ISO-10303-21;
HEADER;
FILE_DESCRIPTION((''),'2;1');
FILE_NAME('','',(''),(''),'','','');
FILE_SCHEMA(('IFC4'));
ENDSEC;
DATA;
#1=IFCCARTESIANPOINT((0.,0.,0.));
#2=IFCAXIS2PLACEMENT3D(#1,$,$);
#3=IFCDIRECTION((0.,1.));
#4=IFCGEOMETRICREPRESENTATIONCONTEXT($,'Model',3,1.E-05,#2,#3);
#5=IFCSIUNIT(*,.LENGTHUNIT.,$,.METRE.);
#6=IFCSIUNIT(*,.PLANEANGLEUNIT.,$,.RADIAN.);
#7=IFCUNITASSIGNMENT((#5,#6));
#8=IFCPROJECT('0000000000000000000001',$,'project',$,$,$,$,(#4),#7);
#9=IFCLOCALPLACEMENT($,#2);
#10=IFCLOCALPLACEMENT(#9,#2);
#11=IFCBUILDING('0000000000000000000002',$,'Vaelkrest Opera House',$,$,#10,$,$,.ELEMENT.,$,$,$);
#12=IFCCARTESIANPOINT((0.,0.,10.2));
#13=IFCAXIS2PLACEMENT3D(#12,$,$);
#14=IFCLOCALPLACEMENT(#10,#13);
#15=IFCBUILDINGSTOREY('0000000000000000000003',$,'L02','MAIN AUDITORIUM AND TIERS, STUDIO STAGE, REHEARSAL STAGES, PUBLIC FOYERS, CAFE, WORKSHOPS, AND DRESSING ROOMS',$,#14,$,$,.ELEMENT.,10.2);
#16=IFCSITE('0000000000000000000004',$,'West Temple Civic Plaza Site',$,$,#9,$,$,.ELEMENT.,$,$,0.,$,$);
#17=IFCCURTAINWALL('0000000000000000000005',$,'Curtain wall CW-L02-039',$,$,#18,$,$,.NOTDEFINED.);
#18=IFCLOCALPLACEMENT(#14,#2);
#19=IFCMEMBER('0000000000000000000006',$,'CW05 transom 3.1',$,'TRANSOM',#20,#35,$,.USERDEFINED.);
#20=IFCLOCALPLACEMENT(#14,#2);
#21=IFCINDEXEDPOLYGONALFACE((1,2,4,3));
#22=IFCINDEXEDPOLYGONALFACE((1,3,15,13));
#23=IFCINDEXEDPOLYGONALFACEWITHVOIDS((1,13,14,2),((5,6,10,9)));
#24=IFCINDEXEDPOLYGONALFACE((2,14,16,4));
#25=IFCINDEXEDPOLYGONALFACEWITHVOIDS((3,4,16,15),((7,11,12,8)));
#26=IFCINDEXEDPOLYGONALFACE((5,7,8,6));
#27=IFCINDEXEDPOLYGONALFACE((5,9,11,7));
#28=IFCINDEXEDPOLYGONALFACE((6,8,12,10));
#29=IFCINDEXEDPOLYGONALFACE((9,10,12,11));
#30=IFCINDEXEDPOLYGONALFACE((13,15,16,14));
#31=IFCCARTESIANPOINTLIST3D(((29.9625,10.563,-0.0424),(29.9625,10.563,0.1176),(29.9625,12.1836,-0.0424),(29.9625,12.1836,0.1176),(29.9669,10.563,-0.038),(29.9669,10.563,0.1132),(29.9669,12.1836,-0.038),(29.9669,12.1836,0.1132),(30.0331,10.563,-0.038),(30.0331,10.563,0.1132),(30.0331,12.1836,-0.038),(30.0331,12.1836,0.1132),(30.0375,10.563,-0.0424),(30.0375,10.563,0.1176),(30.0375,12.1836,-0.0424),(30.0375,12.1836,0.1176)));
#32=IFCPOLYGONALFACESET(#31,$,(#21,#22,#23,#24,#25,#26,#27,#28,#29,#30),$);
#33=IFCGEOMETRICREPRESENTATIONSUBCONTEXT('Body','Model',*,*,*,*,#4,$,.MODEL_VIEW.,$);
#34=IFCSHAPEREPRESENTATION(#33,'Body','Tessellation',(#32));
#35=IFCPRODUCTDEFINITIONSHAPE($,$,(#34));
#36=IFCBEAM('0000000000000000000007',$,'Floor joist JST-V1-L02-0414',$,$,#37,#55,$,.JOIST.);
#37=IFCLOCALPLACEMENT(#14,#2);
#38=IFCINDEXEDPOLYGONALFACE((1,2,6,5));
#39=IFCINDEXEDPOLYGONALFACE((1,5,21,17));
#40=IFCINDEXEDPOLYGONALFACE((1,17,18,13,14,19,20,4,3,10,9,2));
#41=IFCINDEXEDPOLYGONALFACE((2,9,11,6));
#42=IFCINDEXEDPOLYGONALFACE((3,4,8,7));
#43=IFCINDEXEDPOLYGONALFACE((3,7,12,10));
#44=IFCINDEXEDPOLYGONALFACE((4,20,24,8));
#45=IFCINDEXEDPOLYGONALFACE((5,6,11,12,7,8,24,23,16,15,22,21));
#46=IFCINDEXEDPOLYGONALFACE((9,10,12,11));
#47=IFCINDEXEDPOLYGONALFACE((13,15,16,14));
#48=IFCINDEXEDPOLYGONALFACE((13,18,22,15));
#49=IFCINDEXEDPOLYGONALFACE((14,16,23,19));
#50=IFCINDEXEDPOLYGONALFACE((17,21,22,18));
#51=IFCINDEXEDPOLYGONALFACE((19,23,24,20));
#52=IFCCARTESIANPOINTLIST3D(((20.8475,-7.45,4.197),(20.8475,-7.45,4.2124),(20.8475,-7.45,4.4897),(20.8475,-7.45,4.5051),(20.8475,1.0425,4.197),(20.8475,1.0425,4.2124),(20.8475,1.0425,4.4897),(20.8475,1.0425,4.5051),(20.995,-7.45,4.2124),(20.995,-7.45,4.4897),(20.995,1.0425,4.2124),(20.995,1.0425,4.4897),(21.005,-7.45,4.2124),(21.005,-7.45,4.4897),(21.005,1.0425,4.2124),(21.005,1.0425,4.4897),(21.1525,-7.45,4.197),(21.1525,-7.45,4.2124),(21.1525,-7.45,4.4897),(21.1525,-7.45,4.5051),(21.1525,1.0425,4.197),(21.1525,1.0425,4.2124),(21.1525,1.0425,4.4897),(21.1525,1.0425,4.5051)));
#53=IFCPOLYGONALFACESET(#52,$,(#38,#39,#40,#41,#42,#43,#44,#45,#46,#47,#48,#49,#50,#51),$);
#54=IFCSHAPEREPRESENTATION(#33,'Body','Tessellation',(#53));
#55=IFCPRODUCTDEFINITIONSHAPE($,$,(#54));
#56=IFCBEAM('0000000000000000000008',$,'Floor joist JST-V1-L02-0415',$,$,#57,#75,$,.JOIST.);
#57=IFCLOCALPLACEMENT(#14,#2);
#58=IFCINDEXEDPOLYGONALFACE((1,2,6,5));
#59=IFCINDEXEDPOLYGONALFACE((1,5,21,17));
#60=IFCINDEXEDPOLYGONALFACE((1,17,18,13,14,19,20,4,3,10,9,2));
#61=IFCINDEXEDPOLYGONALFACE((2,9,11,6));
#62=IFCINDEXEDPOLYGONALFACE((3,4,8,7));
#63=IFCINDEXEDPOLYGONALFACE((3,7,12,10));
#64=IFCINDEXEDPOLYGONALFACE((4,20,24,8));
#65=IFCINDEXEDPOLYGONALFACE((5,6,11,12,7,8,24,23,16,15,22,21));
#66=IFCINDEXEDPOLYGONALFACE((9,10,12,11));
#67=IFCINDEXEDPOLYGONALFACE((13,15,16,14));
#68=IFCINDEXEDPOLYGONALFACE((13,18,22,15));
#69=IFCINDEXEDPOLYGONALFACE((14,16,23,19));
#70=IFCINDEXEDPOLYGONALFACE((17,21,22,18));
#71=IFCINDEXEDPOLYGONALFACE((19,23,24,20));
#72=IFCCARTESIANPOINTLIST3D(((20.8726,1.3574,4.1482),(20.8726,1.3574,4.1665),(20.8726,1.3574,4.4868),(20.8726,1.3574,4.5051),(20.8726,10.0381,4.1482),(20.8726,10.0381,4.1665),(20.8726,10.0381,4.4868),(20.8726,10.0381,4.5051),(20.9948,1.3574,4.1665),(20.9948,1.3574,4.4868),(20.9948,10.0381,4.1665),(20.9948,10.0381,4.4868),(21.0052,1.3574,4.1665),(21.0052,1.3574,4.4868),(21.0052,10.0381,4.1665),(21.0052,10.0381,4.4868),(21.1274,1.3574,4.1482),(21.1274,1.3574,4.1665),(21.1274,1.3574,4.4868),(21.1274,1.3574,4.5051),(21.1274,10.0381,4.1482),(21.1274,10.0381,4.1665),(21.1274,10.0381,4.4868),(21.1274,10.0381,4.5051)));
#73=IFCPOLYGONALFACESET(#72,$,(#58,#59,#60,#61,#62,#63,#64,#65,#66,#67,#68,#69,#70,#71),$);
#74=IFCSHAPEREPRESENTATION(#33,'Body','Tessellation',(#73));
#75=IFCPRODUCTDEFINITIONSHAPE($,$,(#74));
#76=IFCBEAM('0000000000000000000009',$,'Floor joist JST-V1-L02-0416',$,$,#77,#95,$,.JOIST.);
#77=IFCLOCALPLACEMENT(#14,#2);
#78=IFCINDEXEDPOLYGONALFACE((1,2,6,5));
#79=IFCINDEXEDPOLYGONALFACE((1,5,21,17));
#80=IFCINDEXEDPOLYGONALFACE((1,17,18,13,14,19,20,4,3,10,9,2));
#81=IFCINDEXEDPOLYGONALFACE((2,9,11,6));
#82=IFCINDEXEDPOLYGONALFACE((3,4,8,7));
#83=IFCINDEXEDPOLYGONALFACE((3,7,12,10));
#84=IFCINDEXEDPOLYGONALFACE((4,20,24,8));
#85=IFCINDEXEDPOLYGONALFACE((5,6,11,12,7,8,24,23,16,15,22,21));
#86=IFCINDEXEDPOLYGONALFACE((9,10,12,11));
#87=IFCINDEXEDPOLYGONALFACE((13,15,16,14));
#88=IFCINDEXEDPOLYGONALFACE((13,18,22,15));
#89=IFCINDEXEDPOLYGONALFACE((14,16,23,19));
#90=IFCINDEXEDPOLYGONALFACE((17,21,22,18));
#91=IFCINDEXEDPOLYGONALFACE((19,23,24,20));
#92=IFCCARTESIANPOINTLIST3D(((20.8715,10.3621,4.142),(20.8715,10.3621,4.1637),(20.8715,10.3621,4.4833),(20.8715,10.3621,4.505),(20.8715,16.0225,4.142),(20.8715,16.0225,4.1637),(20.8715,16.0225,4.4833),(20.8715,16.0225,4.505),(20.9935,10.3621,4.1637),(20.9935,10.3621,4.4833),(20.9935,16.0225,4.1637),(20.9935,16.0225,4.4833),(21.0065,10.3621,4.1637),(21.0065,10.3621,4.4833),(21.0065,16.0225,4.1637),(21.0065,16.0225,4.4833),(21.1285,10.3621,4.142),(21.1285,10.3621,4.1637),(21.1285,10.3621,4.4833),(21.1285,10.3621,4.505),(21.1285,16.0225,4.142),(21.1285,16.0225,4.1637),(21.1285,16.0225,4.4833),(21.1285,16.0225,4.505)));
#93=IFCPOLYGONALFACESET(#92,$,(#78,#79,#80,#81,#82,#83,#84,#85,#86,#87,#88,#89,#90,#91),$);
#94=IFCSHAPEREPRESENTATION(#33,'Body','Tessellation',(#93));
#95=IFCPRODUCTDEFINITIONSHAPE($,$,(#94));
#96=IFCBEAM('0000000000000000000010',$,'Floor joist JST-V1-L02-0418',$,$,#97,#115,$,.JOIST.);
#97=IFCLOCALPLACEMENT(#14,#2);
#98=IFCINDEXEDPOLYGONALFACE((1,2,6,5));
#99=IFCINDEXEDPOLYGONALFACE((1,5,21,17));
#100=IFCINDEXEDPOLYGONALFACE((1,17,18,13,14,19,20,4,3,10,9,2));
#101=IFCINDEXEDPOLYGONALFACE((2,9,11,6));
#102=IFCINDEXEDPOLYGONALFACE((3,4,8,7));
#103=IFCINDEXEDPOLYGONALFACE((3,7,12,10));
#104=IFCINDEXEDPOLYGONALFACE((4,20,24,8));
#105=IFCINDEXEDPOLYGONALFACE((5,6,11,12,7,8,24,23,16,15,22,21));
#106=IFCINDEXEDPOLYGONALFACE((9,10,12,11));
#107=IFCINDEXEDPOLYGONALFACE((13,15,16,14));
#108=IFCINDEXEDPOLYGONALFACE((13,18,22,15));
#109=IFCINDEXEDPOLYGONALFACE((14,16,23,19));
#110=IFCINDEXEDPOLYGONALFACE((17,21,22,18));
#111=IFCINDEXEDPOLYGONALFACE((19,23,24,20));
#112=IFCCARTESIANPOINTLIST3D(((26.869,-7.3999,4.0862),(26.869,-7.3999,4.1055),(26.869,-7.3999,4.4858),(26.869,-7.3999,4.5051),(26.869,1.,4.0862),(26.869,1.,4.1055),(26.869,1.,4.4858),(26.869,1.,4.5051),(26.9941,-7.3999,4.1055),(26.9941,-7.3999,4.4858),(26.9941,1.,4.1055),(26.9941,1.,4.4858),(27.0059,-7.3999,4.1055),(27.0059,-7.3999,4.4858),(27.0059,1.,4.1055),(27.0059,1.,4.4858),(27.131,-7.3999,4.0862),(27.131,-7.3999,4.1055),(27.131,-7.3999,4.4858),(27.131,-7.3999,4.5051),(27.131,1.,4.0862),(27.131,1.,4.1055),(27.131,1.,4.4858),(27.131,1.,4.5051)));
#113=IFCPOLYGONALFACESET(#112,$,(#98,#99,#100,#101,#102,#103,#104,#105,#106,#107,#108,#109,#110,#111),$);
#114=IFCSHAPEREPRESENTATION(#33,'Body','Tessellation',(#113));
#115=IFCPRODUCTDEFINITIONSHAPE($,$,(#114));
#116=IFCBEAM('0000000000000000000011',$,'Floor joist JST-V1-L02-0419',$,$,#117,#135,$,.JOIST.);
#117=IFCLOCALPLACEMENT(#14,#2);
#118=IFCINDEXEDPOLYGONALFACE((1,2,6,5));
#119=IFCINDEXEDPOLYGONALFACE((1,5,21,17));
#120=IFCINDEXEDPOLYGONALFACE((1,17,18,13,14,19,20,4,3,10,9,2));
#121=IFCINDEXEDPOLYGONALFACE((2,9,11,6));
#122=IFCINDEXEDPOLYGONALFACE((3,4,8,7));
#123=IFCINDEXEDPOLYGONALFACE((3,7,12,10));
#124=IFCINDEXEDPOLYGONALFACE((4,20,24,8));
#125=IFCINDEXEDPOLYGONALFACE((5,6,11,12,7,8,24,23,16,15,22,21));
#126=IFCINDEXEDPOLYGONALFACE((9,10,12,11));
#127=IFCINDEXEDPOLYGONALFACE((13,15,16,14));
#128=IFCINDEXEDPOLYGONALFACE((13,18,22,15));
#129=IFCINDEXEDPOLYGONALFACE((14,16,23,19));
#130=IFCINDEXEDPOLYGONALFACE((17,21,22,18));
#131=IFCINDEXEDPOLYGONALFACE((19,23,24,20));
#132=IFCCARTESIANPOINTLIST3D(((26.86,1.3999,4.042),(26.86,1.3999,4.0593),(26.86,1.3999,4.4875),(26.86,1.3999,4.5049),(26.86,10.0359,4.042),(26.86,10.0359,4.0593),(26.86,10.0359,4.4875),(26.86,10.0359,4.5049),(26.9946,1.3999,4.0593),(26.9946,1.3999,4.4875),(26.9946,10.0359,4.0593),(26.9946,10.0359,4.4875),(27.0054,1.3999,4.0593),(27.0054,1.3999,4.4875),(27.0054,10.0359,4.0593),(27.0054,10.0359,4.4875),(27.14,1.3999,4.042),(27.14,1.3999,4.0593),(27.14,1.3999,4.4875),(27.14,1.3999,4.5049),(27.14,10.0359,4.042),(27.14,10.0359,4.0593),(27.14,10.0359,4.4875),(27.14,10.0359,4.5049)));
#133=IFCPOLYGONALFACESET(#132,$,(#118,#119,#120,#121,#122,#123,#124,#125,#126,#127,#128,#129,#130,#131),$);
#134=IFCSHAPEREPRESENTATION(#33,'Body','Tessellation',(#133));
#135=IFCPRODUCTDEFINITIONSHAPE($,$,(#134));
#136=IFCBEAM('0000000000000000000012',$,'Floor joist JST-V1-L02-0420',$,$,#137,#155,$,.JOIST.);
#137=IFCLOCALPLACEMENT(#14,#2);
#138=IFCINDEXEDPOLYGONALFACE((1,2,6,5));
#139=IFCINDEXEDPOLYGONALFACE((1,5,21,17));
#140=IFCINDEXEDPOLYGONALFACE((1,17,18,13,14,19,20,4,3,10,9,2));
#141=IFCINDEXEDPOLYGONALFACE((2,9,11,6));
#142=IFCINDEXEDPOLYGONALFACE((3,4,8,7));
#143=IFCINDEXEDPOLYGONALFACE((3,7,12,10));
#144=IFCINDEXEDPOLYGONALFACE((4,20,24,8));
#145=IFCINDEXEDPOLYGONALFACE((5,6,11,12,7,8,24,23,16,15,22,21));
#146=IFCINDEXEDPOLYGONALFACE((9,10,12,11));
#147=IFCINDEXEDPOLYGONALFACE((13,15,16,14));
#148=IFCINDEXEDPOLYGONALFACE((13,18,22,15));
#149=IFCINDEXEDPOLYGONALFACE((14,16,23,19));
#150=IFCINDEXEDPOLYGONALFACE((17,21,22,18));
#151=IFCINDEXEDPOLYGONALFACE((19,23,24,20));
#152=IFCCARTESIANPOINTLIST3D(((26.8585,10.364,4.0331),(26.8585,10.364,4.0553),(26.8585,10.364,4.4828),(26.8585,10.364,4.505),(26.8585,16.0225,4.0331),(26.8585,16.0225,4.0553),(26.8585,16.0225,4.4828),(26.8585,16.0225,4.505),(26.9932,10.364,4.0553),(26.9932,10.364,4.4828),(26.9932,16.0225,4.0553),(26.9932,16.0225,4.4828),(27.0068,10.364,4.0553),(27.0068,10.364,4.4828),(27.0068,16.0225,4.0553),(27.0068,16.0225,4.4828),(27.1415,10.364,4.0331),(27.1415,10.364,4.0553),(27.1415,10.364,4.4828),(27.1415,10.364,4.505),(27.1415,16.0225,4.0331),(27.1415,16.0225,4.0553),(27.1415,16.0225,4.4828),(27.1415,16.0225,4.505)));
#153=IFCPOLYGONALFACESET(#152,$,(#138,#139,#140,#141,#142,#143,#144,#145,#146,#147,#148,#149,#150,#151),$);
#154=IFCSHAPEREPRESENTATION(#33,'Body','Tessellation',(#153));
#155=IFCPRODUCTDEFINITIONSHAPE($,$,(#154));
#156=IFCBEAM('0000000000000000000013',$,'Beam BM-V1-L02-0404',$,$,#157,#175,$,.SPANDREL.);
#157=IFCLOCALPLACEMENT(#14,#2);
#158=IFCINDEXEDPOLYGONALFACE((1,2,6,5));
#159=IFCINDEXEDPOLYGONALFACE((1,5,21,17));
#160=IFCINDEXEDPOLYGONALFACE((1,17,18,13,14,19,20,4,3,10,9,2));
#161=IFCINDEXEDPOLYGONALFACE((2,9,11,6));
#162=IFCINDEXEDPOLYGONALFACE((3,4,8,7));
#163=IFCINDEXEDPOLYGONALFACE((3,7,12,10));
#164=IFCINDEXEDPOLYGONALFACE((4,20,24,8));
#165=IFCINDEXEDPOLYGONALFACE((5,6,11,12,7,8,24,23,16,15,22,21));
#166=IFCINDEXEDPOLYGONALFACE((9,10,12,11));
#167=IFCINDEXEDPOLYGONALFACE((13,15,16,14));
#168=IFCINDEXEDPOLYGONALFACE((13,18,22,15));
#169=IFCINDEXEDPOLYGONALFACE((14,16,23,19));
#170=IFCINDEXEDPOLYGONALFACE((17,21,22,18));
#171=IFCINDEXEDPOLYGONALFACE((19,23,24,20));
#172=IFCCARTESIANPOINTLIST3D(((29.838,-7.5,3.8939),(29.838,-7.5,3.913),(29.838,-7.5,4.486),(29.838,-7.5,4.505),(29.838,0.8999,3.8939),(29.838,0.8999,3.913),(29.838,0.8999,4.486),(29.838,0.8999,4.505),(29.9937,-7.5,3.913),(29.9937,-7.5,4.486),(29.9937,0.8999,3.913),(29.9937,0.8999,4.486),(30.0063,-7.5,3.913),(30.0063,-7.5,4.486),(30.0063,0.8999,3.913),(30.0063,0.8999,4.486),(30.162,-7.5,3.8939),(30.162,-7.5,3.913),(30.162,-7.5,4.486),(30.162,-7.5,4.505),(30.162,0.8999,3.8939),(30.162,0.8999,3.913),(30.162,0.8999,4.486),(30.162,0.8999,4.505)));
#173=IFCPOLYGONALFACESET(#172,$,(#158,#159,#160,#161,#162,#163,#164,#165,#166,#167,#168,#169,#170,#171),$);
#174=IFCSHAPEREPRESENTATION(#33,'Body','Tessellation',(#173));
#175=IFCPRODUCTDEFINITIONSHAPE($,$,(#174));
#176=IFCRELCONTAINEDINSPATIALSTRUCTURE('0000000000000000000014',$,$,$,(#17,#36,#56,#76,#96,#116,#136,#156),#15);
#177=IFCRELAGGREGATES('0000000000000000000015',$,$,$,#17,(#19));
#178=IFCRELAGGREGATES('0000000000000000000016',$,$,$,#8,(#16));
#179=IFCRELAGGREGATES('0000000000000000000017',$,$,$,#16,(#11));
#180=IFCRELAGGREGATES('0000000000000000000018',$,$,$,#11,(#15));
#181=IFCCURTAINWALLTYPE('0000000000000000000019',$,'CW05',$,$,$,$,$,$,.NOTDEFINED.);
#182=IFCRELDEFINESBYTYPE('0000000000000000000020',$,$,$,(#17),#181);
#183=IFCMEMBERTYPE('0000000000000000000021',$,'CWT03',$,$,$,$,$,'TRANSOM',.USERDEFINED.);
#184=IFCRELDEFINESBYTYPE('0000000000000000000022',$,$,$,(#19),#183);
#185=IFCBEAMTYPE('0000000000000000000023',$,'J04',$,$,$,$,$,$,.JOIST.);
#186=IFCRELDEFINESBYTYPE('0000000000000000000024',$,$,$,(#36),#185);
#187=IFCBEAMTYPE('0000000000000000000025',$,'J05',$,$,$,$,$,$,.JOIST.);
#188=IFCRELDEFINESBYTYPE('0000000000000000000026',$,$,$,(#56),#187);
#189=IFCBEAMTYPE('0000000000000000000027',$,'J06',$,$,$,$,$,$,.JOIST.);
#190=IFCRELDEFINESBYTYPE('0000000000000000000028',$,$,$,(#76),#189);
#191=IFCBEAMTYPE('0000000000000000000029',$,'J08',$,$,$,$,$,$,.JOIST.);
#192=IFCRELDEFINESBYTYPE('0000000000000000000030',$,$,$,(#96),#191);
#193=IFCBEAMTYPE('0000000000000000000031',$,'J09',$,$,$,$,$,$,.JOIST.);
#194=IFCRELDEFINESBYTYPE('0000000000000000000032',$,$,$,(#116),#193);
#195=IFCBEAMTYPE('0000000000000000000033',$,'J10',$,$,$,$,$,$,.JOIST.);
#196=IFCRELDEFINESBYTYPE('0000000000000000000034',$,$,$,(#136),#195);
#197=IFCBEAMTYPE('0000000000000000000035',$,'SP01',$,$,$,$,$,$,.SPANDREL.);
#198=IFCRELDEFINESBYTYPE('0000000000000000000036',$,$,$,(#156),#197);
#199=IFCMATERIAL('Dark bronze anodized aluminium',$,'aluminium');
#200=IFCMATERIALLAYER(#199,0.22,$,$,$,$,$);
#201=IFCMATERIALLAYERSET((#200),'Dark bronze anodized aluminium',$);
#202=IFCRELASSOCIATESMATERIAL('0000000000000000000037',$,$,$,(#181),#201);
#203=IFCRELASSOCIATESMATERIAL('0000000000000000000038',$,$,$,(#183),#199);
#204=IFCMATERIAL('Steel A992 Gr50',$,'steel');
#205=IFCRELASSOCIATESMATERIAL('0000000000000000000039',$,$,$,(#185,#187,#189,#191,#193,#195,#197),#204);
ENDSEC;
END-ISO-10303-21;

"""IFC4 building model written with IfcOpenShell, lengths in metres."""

from ifc_helpers import new_model, si_unit, direction, frame, origin, origin_2d, place, context, subcontext, project, spatial, hollow_rectangle, i_section, extrude, material, layer, layer_set, material_profile, profile_set, type_object, element, aggregate, save


model = new_model("IFC4")

# Units and contexts
model_context = context("Model", 3, precision=1e-05, world=origin(), true_north=direction((0.0, 1.0)))
body_context = subcontext(model_context, "Body", "Model", "MODEL_VIEW")
ifc_project = project(units=[si_unit("LENGTHUNIT", "METRE"), si_unit("PLANEANGLEUNIT", "RADIAN")], contexts=[model_context])

# Site, building, storey
site_placement = place(None, origin())
site = spatial("IfcSite", under=ifc_project, at=site_placement, Name="West Temple Civic Plaza Site", CompositionType="ELEMENT", RefElevation=0.0)
building_placement = place(site_placement, origin())
building = spatial("IfcBuilding", under=site, at=building_placement, Name="Vaelkrest Opera House", CompositionType="ELEMENT")
storey_placement = place(building_placement, frame((0.0, 0.0, 10.2)))
storey = spatial("IfcBuildingStorey", under=building, at=storey_placement, Name="L02", Description="MAIN AUDITORIUM AND TIERS, STUDIO STAGE, REHEARSAL STAGES, PUBLIC FOYERS, CAFE, WORKSHOPS, AND DRESSING ROOMS", CompositionType="ELEMENT", Elevation=10.2)

# Shared definitions
ifc_material_1 = material(Name="Steel A992 Gr50", Category="steel")

# Curtain wall, member
ifc_material_2 = material(Name="Dark bronze anodized aluminium", Category="aluminium")
ifc_layer_1 = layer(ifc_material_2, 0.22)
ifc_layer_set_1 = layer_set([ifc_layer_1], Name="Dark bronze anodized aluminium")
curtain_wall_type = type_object("IfcCurtainWallType", Name="CW05", PredefinedType="NOTDEFINED", material=ifc_layer_set_1)
curtain_wall_placement = place(storey_placement, origin())
curtain_wall = element("IfcCurtainWall", 1, at=curtain_wall_placement, inside=storey, type_object=curtain_wall_type, Name="Curtain wall CW-L02-039", PredefinedType="NOTDEFINED")
ifc_material_profile_1 = material_profile(ifc_material_2, hollow_rectangle(XDim=0.075, YDim=0.1599, WallThickness=0.0044, at=origin_2d()), Name="CWT75X160")
ifc_profile_set_1 = profile_set([ifc_material_profile_1], Name="Dark bronze anodized aluminium")
member_type_1 = type_object("IfcMemberType", Name="CWT03", ElementType="TRANSOM", PredefinedType="USERDEFINED", material=ifc_profile_set_1)
member_1_placement = place(storey_placement, frame((30.0, 12.1836, 0.0376), z_axis=(0.0, -1.0, 0.0), x_axis=(1.0, 0.0, 0.0)))
member_1 = element("IfcMember", 2, at=member_1_placement, type_object=member_type_1, Name="CW05 transom 3.1", ObjectType="TRANSOM", PredefinedType="USERDEFINED", context=body_context, shape_type="SweptSolid", body=[
    extrude(hollow_rectangle(XDim=0.075, YDim=0.1599, WallThickness=0.0044, at=origin_2d()), origin(), (0.0, 0.0, 1.0), 1.6206),
])

# Beams
ifc_material_profile_2 = material_profile(ifc_material_1, i_section(OverallWidth=0.3049, OverallDepth=0.3081, WebThickness=0.01, FlangeThickness=0.0154, at=origin_2d()), Name="W12X65")
ifc_profile_set_2 = profile_set([ifc_material_profile_2], Name="Steel A992 Gr50")
beam_type_1 = type_object("IfcBeamType", Name="J04", PredefinedType="JOIST", material=ifc_profile_set_2)
beam_1_placement = place(storey_placement, frame((21.0, -7.45, 4.3511), z_axis=(0.0, 1.0, 0.0), x_axis=(-1.0, 0.0, 0.0)))
element("IfcBeam", 3, at=beam_1_placement, inside=storey, type_object=beam_type_1, Name="Floor joist JST-V1-L02-0414", PredefinedType="JOIST", context=body_context, shape_type="SweptSolid", body=[
    extrude(i_section(OverallWidth=0.3049, OverallDepth=0.3081, WebThickness=0.01, FlangeThickness=0.0154, at=origin_2d()), origin(), (0.0, 0.0, 1.0), 8.4924),
])
ifc_material_profile_3 = material_profile(ifc_material_1, i_section(OverallWidth=0.2549, OverallDepth=0.3569, WebThickness=0.0105, FlangeThickness=0.0183, at=origin_2d()), Name="W14X68")
ifc_profile_set_3 = profile_set([ifc_material_profile_3], Name="Steel A992 Gr50")
beam_type_2 = type_object("IfcBeamType", Name="J05", PredefinedType="JOIST", material=ifc_profile_set_3)
beam_2_placement = place(storey_placement, frame((21.0, 1.3574, 4.3267), z_axis=(0.0, 1.0, 0.0), x_axis=(-1.0, 0.0, 0.0)))
element("IfcBeam", 4, at=beam_2_placement, inside=storey, type_object=beam_type_2, Name="Floor joist JST-V1-L02-0415", PredefinedType="JOIST", context=body_context, shape_type="SweptSolid", body=[
    extrude(i_section(OverallWidth=0.2549, OverallDepth=0.3569, WebThickness=0.0105, FlangeThickness=0.0183, at=origin_2d()), origin(), (0.0, 0.0, 1.0), 8.6807),
])
ifc_material_profile_4 = material_profile(ifc_material_1, i_section(OverallWidth=0.2571, OverallDepth=0.363, WebThickness=0.0129, FlangeThickness=0.0217, at=origin_2d()), Name="W14X82")
ifc_profile_set_4 = profile_set([ifc_material_profile_4], Name="Steel A992 Gr50")
beam_type_3 = type_object("IfcBeamType", Name="J06", PredefinedType="JOIST", material=ifc_profile_set_4)
beam_3_placement = place(storey_placement, frame((21.0, 10.3621, 4.3235), z_axis=(0.0, 1.0, 0.0), x_axis=(-1.0, 0.0, 0.0)))
element("IfcBeam", 5, at=beam_3_placement, inside=storey, type_object=beam_type_3, Name="Floor joist JST-V1-L02-0416", PredefinedType="JOIST", context=body_context, shape_type="SweptSolid", body=[
    extrude(i_section(OverallWidth=0.2571, OverallDepth=0.363, WebThickness=0.0129, FlangeThickness=0.0217, at=origin_2d()), origin(), (0.0, 0.0, 1.0), 5.6604),
])
ifc_material_profile_5 = material_profile(ifc_material_1, i_section(OverallWidth=0.262, OverallDepth=0.4189, WebThickness=0.0117, FlangeThickness=0.0193, at=origin_2d()), Name="W16X77")
ifc_profile_set_5 = profile_set([ifc_material_profile_5], Name="Steel A992 Gr50")
beam_type_4 = type_object("IfcBeamType", Name="J08", PredefinedType="JOIST", material=ifc_profile_set_5)
beam_4_placement = place(storey_placement, frame((27.0, -7.3999, 4.2957), z_axis=(0.0, 1.0, 0.0), x_axis=(-1.0, 0.0, 0.0)))
element("IfcBeam", 6, at=beam_4_placement, inside=storey, type_object=beam_type_4, Name="Floor joist JST-V1-L02-0418", PredefinedType="JOIST", context=body_context, shape_type="SweptSolid", body=[
    extrude(i_section(OverallWidth=0.262, OverallDepth=0.4189, WebThickness=0.0117, FlangeThickness=0.0193, at=origin_2d()), origin(), (0.0, 0.0, 1.0), 8.3999),
])
ifc_material_profile_6 = material_profile(ifc_material_1, i_section(OverallWidth=0.28, OverallDepth=0.4629, WebThickness=0.0107, FlangeThickness=0.0173, at=origin_2d()), Name="W18X76")
ifc_profile_set_6 = profile_set([ifc_material_profile_6], Name="Steel A992 Gr50")
beam_type_5 = type_object("IfcBeamType", Name="J09", PredefinedType="JOIST", material=ifc_profile_set_6)
beam_5_placement = place(storey_placement, frame((27.0, 1.3999, 4.2734), z_axis=(0.0, 1.0, 0.0), x_axis=(-1.0, 0.0, 0.0)))
element("IfcBeam", 7, at=beam_5_placement, inside=storey, type_object=beam_type_5, Name="Floor joist JST-V1-L02-0419", PredefinedType="JOIST", context=body_context, shape_type="SweptSolid", body=[
    extrude(i_section(OverallWidth=0.28, OverallDepth=0.4629, WebThickness=0.0107, FlangeThickness=0.0173, at=origin_2d()), origin(), (0.0, 0.0, 1.0), 8.636),
])
ifc_material_profile_7 = material_profile(ifc_material_1, i_section(OverallWidth=0.283, OverallDepth=0.4719, WebThickness=0.0137, FlangeThickness=0.0222, at=origin_2d()), Name="W18X97")
ifc_profile_set_7 = profile_set([ifc_material_profile_7], Name="Steel A992 Gr50")
beam_type_6 = type_object("IfcBeamType", Name="J10", PredefinedType="JOIST", material=ifc_profile_set_7)
beam_6_placement = place(storey_placement, frame((27.0, 10.364, 4.269), z_axis=(0.0, 1.0, 0.0), x_axis=(-1.0, 0.0, 0.0)))
element("IfcBeam", 8, at=beam_6_placement, inside=storey, type_object=beam_type_6, Name="Floor joist JST-V1-L02-0420", PredefinedType="JOIST", context=body_context, shape_type="SweptSolid", body=[
    extrude(i_section(OverallWidth=0.283, OverallDepth=0.4719, WebThickness=0.0137, FlangeThickness=0.0222, at=origin_2d()), origin(), (0.0, 0.0, 1.0), 5.6584),
])
ifc_material_profile_8 = material_profile(ifc_material_1, i_section(OverallWidth=0.324, OverallDepth=0.6111, WebThickness=0.0127, FlangeThickness=0.019, at=origin_2d()), Name="W24X104")
ifc_profile_set_8 = profile_set([ifc_material_profile_8], Name="Steel A992 Gr50")
beam_type_7 = type_object("IfcBeamType", Name="SP01", PredefinedType="SPANDREL", material=ifc_profile_set_8)
for number, where, z_axis, x_axis, name in (
    (9, (30.0, -7.5, 4.1995), (0.0, 1.0, 0.0), (-1.0, 0.0, 0.0), "Beam BM-V1-L02-0404"),
):
    element("IfcBeam", number, at=place(storey_placement, frame(where, z_axis=z_axis, x_axis=x_axis)), inside=storey, type_object=beam_type_7, Name=name, PredefinedType="SPANDREL", context=body_context, shape_type="SweptSolid", body=[
        extrude(i_section(OverallWidth=0.324, OverallDepth=0.6111, WebThickness=0.0127, FlangeThickness=0.019, at=origin_2d()), origin(), (0.0, 0.0, 1.0), 8.3999),
    ])

aggregate(curtain_wall, [member_1])

save(model, "model.ifc")
